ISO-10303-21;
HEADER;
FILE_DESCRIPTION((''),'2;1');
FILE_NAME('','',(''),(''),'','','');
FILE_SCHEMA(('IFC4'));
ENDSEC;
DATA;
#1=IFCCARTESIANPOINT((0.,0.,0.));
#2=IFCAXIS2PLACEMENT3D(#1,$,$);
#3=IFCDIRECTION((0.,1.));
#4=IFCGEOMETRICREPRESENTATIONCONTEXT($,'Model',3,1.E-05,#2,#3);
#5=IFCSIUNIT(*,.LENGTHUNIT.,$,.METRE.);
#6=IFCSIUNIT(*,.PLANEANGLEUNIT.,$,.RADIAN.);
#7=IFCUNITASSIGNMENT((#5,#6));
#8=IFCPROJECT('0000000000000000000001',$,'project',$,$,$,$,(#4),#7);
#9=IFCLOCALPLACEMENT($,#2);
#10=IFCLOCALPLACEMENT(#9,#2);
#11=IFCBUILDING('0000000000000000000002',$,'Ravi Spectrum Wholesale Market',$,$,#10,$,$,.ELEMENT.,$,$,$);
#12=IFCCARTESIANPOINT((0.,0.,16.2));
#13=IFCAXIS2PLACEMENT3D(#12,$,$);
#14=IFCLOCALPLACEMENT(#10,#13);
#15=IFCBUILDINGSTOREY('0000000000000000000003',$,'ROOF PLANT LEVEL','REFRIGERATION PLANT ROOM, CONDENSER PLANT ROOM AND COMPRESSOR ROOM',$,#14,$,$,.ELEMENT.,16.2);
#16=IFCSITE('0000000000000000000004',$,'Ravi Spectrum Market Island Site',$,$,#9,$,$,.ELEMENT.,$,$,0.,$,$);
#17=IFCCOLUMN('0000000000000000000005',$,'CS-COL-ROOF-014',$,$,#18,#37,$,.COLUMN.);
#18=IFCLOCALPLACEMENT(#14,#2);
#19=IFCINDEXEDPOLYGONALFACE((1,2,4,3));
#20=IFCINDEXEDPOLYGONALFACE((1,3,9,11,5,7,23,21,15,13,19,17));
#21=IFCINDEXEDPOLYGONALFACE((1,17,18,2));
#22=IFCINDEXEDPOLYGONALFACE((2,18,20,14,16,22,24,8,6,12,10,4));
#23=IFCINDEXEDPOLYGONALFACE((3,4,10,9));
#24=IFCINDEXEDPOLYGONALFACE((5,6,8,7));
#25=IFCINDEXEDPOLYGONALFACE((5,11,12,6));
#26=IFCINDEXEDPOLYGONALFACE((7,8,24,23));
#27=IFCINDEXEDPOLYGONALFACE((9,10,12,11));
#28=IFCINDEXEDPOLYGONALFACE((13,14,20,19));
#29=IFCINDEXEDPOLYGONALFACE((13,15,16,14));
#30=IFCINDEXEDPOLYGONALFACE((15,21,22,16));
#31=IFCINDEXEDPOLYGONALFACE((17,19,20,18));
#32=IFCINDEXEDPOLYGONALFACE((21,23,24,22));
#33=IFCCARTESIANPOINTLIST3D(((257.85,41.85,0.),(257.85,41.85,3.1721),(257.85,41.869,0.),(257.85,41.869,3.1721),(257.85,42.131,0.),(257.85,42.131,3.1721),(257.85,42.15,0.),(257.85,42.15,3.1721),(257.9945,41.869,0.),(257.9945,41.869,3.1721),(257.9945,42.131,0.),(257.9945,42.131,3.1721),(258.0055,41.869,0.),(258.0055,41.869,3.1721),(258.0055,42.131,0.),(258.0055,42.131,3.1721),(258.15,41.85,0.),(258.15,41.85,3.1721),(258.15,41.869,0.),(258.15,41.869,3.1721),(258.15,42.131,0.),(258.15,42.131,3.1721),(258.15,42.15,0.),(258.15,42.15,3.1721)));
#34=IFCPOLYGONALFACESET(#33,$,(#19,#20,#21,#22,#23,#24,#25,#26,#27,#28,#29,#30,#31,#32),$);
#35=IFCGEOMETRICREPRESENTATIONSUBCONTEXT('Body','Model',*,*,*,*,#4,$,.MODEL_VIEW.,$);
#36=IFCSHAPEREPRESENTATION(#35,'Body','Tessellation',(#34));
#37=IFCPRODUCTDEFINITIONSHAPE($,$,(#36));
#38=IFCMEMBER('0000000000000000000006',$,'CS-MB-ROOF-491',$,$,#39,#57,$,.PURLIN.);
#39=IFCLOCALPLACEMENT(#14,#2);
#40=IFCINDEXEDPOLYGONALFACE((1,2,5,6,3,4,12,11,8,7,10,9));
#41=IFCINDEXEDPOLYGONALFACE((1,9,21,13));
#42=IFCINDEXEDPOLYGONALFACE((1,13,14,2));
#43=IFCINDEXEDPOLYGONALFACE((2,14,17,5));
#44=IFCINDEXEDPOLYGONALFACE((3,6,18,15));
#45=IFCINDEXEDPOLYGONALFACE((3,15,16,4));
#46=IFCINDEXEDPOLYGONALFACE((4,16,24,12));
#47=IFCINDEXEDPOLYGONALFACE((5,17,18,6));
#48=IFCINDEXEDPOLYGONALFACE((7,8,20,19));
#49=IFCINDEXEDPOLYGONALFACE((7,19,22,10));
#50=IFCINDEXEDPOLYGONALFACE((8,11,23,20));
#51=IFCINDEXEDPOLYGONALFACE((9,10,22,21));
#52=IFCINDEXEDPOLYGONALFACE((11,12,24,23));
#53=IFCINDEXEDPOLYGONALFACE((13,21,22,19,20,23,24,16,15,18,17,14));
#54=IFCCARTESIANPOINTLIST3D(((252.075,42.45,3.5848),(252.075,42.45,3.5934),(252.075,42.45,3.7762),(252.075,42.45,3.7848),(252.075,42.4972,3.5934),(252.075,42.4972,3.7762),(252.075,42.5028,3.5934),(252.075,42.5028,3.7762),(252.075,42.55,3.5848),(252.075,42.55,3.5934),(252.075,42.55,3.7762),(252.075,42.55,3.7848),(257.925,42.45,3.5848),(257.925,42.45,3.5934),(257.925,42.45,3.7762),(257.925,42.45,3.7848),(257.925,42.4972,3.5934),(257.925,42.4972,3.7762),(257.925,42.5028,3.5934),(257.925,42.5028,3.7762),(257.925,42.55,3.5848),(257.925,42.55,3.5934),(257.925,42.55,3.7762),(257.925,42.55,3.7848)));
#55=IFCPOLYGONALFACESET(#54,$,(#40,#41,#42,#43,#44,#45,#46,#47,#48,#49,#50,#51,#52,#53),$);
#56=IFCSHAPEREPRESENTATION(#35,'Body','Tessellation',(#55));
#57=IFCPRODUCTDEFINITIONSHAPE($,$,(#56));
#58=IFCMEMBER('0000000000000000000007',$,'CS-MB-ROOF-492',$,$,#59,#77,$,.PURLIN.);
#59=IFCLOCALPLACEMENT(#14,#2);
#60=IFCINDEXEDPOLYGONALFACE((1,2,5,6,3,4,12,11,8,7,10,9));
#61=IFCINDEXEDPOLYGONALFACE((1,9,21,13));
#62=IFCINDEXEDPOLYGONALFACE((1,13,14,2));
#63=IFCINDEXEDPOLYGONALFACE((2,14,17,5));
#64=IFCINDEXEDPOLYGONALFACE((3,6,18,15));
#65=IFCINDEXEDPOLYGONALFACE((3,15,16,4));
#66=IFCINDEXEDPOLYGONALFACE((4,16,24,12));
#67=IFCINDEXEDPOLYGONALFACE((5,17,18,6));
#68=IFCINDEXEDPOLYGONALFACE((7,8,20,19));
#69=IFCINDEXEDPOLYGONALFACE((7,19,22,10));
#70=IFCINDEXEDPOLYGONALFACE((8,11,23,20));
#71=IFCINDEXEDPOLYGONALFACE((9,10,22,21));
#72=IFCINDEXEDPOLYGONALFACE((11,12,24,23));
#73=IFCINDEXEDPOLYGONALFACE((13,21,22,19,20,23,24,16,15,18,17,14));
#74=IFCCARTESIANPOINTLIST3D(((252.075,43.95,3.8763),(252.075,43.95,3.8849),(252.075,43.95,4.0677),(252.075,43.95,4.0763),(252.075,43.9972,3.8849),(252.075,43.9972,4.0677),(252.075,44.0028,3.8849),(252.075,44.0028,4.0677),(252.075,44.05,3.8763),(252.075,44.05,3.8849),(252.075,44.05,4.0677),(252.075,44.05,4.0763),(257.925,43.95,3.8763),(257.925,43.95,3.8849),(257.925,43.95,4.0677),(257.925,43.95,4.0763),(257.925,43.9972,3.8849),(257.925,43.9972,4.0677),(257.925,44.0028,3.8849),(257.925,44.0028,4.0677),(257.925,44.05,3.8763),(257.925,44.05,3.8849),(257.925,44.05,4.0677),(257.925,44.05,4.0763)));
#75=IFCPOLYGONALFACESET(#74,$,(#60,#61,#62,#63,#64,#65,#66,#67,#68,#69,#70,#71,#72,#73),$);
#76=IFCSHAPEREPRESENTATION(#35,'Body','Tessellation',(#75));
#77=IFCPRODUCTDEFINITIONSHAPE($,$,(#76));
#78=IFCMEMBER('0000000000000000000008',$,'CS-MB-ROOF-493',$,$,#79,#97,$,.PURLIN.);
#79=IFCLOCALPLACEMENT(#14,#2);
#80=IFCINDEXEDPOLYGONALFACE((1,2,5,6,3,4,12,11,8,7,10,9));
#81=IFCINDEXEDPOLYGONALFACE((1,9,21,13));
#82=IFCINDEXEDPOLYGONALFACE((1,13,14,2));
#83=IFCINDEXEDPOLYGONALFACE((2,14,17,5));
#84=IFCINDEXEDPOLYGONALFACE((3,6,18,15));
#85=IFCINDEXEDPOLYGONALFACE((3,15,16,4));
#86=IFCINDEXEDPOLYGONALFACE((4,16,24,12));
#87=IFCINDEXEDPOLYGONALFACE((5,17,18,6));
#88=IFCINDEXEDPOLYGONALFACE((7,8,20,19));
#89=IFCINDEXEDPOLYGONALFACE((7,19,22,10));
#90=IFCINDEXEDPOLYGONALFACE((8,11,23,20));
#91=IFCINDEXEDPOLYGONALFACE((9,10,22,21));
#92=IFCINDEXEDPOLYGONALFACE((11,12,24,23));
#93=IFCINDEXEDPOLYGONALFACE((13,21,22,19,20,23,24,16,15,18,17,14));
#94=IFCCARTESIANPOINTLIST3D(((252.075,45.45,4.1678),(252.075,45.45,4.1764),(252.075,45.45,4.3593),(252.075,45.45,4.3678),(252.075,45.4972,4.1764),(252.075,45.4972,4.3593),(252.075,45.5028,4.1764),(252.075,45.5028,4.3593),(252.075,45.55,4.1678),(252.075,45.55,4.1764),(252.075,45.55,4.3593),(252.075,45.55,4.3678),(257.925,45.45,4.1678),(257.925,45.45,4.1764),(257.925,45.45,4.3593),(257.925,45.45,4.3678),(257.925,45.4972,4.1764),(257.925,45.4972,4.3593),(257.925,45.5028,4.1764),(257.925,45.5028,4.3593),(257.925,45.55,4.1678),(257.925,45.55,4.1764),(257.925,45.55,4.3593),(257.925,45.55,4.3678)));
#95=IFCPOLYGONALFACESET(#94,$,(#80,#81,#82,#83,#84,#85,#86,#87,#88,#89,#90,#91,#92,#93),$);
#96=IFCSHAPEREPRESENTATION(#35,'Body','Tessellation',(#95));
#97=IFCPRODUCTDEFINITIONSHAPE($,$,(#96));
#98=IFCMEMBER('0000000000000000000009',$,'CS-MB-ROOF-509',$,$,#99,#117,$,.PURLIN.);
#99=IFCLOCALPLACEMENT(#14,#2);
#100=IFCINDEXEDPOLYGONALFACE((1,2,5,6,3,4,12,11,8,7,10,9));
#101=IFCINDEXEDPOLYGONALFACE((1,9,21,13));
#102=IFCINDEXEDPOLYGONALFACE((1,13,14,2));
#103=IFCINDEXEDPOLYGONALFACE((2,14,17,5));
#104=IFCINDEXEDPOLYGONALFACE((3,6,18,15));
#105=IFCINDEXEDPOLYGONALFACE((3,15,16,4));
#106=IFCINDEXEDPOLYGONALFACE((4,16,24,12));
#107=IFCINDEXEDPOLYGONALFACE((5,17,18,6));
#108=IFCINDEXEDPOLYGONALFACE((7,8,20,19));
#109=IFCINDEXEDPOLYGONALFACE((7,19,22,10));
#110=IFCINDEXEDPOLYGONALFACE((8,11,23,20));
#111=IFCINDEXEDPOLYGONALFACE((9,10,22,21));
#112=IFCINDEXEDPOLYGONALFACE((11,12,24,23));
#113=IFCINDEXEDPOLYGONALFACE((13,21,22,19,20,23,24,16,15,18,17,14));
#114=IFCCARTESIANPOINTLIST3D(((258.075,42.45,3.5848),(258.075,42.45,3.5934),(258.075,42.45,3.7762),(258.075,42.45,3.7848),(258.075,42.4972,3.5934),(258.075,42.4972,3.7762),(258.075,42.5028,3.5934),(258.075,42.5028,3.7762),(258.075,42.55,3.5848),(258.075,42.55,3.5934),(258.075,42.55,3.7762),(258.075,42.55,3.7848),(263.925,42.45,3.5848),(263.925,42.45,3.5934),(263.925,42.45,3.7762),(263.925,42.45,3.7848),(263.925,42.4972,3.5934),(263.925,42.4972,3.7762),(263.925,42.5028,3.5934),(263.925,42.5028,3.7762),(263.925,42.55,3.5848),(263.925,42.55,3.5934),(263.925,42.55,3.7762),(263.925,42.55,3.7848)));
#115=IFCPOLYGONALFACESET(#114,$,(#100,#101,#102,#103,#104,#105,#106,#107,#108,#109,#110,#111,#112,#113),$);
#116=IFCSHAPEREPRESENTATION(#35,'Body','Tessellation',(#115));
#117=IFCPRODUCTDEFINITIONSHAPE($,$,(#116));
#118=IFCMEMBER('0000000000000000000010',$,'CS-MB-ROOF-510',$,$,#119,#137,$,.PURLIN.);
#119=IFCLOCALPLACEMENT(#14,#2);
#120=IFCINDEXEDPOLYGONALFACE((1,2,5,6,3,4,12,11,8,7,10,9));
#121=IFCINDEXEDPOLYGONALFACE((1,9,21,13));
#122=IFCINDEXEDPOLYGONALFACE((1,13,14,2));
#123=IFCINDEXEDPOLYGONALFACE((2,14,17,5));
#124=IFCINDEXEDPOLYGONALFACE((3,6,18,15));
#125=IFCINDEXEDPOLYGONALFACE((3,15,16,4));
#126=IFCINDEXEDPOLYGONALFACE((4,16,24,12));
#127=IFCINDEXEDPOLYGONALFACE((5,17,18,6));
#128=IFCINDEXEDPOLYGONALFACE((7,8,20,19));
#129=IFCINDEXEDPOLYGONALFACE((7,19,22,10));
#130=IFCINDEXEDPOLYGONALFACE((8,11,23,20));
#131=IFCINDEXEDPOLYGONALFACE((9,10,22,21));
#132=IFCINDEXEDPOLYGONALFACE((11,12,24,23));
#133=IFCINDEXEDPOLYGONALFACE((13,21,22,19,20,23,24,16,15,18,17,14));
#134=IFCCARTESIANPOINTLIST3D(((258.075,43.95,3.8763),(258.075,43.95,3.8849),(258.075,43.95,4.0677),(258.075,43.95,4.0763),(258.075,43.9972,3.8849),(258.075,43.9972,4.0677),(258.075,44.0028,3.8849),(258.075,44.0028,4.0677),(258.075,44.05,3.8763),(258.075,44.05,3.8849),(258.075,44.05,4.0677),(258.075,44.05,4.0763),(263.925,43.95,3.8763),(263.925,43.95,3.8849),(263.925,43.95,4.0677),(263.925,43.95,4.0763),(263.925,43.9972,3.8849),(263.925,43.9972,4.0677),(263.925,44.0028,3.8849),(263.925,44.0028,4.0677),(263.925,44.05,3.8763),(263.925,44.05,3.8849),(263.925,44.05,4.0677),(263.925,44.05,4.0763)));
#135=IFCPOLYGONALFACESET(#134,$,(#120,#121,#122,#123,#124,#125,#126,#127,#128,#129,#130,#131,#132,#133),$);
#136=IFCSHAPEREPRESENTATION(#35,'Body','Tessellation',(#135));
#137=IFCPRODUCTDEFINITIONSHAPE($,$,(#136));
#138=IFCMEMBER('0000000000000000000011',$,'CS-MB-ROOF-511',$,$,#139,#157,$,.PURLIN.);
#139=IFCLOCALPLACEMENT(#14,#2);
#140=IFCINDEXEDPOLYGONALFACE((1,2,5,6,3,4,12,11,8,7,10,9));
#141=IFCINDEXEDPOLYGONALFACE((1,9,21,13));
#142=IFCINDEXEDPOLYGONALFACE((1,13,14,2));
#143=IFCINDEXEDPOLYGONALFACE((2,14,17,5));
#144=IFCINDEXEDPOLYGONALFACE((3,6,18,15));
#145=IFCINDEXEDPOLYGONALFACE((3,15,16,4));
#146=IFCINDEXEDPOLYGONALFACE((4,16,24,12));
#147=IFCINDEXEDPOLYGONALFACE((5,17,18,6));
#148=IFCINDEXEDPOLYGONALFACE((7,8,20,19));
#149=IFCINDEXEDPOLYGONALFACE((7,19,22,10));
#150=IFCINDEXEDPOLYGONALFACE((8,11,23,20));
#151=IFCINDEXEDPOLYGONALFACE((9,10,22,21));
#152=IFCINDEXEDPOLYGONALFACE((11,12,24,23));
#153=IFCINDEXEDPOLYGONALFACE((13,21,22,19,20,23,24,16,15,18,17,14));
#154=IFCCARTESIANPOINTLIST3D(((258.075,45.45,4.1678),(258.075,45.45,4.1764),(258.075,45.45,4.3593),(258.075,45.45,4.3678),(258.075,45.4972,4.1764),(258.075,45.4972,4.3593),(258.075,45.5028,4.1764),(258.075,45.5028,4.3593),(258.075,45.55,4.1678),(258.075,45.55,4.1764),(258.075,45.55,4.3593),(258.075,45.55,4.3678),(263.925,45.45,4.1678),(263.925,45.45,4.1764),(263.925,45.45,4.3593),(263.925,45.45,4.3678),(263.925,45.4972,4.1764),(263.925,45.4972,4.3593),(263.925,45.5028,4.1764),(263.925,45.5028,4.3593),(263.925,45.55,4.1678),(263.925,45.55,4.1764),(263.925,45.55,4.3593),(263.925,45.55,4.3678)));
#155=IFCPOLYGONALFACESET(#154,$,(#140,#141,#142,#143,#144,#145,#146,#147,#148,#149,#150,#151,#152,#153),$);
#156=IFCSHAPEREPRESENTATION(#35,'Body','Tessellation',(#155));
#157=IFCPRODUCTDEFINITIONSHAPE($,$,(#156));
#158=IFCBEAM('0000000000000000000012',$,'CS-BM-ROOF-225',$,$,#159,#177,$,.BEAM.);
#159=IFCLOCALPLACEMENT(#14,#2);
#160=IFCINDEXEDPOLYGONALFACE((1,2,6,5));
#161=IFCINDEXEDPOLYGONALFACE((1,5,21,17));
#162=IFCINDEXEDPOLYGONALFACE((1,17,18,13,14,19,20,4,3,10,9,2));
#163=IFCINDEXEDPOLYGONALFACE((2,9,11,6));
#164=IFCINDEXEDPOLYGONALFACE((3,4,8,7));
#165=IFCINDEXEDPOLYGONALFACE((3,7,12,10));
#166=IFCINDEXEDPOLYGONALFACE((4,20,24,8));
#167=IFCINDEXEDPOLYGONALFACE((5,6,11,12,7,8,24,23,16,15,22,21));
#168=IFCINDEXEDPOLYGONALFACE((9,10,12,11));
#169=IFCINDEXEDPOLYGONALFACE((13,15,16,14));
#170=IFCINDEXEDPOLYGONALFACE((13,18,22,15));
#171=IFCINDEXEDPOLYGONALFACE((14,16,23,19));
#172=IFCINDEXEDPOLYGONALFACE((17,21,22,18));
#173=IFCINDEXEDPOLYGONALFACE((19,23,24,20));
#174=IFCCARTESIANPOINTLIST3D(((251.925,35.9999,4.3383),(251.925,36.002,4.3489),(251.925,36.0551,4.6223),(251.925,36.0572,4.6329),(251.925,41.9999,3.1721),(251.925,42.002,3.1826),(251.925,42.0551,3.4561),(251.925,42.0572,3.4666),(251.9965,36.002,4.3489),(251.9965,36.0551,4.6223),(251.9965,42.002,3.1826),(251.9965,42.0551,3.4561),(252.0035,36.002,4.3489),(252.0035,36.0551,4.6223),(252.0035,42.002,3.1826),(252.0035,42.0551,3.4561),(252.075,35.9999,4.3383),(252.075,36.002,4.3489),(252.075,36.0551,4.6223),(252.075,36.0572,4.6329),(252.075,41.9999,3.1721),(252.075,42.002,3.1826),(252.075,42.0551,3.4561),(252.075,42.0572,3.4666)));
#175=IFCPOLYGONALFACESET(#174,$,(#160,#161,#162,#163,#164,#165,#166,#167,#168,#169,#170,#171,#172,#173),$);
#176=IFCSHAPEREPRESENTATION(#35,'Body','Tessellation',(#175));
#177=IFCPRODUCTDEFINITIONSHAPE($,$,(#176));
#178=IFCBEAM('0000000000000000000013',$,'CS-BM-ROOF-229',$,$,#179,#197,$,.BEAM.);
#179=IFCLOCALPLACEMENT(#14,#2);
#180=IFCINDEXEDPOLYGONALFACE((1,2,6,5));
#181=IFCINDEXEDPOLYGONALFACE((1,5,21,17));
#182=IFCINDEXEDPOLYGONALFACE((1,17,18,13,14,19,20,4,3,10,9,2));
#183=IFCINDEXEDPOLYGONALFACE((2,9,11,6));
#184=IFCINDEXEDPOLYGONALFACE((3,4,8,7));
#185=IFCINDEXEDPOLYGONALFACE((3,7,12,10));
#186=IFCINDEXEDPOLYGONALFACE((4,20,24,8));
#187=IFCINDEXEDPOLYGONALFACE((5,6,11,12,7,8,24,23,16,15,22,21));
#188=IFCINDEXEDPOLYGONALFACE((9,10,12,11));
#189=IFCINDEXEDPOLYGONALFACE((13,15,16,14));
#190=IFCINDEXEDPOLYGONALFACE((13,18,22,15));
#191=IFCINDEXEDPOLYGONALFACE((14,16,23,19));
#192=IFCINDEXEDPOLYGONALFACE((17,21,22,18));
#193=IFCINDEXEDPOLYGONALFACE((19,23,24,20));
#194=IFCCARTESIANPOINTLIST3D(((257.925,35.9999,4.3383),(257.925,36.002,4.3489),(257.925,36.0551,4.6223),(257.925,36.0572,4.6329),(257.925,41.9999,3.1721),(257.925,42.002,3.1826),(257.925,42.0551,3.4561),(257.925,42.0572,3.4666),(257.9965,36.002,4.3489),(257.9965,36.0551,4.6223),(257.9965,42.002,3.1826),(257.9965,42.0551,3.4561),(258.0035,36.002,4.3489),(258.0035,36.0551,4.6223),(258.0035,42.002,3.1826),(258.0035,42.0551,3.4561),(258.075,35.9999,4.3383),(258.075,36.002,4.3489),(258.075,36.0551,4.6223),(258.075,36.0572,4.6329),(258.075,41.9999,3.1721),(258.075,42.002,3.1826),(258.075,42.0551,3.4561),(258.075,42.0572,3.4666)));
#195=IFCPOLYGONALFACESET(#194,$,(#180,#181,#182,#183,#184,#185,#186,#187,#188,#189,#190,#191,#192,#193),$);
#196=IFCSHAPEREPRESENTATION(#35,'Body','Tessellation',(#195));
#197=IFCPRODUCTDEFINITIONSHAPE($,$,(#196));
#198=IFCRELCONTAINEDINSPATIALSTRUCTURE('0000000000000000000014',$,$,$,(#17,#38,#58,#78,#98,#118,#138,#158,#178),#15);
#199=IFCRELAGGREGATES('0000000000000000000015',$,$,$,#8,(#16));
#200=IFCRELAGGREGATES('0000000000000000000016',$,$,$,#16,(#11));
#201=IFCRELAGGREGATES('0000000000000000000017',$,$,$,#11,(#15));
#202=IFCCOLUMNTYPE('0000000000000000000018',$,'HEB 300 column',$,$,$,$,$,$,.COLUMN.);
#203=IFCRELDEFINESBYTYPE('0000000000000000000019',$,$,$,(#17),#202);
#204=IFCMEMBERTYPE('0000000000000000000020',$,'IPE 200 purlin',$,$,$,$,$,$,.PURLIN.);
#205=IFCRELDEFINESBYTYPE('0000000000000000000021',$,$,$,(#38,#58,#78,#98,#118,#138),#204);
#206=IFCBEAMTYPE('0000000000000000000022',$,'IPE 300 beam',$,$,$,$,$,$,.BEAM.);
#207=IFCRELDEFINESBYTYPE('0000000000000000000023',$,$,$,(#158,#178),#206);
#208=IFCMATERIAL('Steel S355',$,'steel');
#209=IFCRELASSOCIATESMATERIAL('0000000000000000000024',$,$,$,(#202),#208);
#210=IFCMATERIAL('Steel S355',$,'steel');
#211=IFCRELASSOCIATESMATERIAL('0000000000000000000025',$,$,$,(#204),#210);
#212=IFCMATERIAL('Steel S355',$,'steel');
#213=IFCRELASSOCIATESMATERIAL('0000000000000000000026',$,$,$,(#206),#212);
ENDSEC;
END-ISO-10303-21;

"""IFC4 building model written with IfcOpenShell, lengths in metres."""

from ifc_helpers import new_model, si_unit, direction, frame, origin, origin_2d, place, context, subcontext, project, spatial, i_section, extrude, material, material_profile, profile_set, type_object, element, save


model = new_model("IFC4")

# Units and contexts
model_context = context("Model", 3, precision=1e-05, world=origin(), true_north=direction((0.0, 1.0)))
body_context = subcontext(model_context, "Body", "Model", "MODEL_VIEW")
ifc_project = project(units=[si_unit("LENGTHUNIT", "METRE"), si_unit("PLANEANGLEUNIT", "RADIAN")], contexts=[model_context])

# Site, building, storey
site_placement = place(None, origin())
site = spatial("IfcSite", under=ifc_project, at=site_placement, Name="Ravi Spectrum Market Island Site", CompositionType="ELEMENT", RefElevation=0.0)
building_placement = place(site_placement, origin())
building = spatial("IfcBuilding", under=site, at=building_placement, Name="Ravi Spectrum Wholesale Market", CompositionType="ELEMENT")
storey_placement = place(building_placement, frame((0.0, 0.0, 16.2)))
storey = spatial("IfcBuildingStorey", under=building, at=storey_placement, Name="ROOF PLANT LEVEL", Description="REFRIGERATION PLANT ROOM, CONDENSER PLANT ROOM AND COMPRESSOR ROOM", CompositionType="ELEMENT", Elevation=16.2)

# Column
ifc_material_1 = material(Name="Steel S355", Category="steel")
ifc_material_profile_1 = material_profile(ifc_material_1, i_section(OverallWidth=0.3, OverallDepth=0.3, WebThickness=0.011, FlangeThickness=0.019, at=origin_2d()))
ifc_profile_set_1 = profile_set([ifc_material_profile_1], Name="Steel S355")
column_type = type_object("IfcColumnType", Name="HEB 300 column", PredefinedType="COLUMN", material=ifc_profile_set_1)
column_placement = place(storey_placement, frame((258.0, 42.0, 0.0), z_axis=(0.0, 0.0, 1.0), x_axis=(1.0, 0.0, 0.0)))
element("IfcColumn", 1, at=column_placement, inside=storey, type_object=column_type, Name="CS-COL-ROOF-014", PredefinedType="COLUMN", context=body_context, shape_type="SweptSolid", body=[
    extrude(i_section(OverallWidth=0.3, OverallDepth=0.3, WebThickness=0.011, FlangeThickness=0.019, at=origin_2d()), origin(), (0.0, 0.0, 1.0), 3.1721),
])

# Members
ifc_material_2 = material(Name="Steel S355", Category="steel")
ifc_material_profile_2 = material_profile(ifc_material_2, i_section(OverallWidth=0.1001, OverallDepth=0.2, WebThickness=0.0056, FlangeThickness=0.0085, at=origin_2d()))
ifc_profile_set_2 = profile_set([ifc_material_profile_2], Name="Steel S355")
member_type = type_object("IfcMemberType", Name="IPE 200 purlin", PredefinedType="PURLIN", material=ifc_profile_set_2)
for number, where, z_axis, x_axis, name in (
    (2, (252.075, 42.5, 3.6848), (1.0, 0.0, 0.0), (0.0, 1.0, 0.0), "CS-MB-ROOF-491"),
    (3, (252.075, 44.0, 3.9763), (1.0, 0.0, 0.0), (0.0, 1.0, 0.0), "CS-MB-ROOF-492"),
    (4, (252.075, 45.5, 4.2678), (1.0, 0.0, 0.0), (0.0, 1.0, 0.0), "CS-MB-ROOF-493"),
    (5, (258.075, 42.5, 3.6848), (1.0, 0.0, 0.0), (0.0, 1.0, 0.0), "CS-MB-ROOF-509"),
    (6, (258.075, 44.0, 3.9763), (1.0, 0.0, 0.0), (0.0, 1.0, 0.0), "CS-MB-ROOF-510"),
    (7, (258.075, 45.5, 4.2678), (1.0, 0.0, 0.0), (0.0, 1.0, 0.0), "CS-MB-ROOF-511"),
):
    element("IfcMember", number, at=place(storey_placement, frame(where, z_axis=z_axis, x_axis=x_axis)), inside=storey, type_object=member_type, Name=name, PredefinedType="PURLIN", context=body_context, shape_type="SweptSolid", body=[
        extrude(i_section(OverallWidth=0.1001, OverallDepth=0.2, WebThickness=0.0056, FlangeThickness=0.0085, at=origin_2d()), origin(), (0.0, 0.0, 1.0), 5.8501),
    ])

# Beams
ifc_material_3 = material(Name="Steel S355", Category="steel")
ifc_material_profile_3 = material_profile(ifc_material_3, i_section(OverallWidth=0.1499, OverallDepth=0.3, WebThickness=0.0071, FlangeThickness=0.0107, at=origin_2d()))
ifc_profile_set_3 = profile_set([ifc_material_profile_3], Name="Steel S355")
beam_type_1 = type_object("IfcBeamType", Name="IPE 300 beam", PredefinedType="BEAM", material=ifc_profile_set_3)
for number, where, z_axis, x_axis, name in (
    (8, (252.0, 42.0286, 3.3193), (0.0, -0.981628, 0.190806), (1.0, 0.0, 0.0), "CS-BM-ROOF-225"),
    (9, (258.0, 42.0286, 3.3193), (0.0, -0.981628, 0.190806), (1.0, 0.0, 0.0), "CS-BM-ROOF-229"),
):
    element("IfcBeam", number, at=place(storey_placement, frame(where, z_axis=z_axis, x_axis=x_axis)), inside=storey, type_object=beam_type_1, Name=name, PredefinedType="BEAM", context=body_context, shape_type="SweptSolid", body=[
        extrude(i_section(OverallWidth=0.1499, OverallDepth=0.3, WebThickness=0.0071, FlangeThickness=0.0107, at=origin_2d()), origin(), (0.0, 0.0, 1.0), 6.1123),
    ])

save(model, "model.ifc")
